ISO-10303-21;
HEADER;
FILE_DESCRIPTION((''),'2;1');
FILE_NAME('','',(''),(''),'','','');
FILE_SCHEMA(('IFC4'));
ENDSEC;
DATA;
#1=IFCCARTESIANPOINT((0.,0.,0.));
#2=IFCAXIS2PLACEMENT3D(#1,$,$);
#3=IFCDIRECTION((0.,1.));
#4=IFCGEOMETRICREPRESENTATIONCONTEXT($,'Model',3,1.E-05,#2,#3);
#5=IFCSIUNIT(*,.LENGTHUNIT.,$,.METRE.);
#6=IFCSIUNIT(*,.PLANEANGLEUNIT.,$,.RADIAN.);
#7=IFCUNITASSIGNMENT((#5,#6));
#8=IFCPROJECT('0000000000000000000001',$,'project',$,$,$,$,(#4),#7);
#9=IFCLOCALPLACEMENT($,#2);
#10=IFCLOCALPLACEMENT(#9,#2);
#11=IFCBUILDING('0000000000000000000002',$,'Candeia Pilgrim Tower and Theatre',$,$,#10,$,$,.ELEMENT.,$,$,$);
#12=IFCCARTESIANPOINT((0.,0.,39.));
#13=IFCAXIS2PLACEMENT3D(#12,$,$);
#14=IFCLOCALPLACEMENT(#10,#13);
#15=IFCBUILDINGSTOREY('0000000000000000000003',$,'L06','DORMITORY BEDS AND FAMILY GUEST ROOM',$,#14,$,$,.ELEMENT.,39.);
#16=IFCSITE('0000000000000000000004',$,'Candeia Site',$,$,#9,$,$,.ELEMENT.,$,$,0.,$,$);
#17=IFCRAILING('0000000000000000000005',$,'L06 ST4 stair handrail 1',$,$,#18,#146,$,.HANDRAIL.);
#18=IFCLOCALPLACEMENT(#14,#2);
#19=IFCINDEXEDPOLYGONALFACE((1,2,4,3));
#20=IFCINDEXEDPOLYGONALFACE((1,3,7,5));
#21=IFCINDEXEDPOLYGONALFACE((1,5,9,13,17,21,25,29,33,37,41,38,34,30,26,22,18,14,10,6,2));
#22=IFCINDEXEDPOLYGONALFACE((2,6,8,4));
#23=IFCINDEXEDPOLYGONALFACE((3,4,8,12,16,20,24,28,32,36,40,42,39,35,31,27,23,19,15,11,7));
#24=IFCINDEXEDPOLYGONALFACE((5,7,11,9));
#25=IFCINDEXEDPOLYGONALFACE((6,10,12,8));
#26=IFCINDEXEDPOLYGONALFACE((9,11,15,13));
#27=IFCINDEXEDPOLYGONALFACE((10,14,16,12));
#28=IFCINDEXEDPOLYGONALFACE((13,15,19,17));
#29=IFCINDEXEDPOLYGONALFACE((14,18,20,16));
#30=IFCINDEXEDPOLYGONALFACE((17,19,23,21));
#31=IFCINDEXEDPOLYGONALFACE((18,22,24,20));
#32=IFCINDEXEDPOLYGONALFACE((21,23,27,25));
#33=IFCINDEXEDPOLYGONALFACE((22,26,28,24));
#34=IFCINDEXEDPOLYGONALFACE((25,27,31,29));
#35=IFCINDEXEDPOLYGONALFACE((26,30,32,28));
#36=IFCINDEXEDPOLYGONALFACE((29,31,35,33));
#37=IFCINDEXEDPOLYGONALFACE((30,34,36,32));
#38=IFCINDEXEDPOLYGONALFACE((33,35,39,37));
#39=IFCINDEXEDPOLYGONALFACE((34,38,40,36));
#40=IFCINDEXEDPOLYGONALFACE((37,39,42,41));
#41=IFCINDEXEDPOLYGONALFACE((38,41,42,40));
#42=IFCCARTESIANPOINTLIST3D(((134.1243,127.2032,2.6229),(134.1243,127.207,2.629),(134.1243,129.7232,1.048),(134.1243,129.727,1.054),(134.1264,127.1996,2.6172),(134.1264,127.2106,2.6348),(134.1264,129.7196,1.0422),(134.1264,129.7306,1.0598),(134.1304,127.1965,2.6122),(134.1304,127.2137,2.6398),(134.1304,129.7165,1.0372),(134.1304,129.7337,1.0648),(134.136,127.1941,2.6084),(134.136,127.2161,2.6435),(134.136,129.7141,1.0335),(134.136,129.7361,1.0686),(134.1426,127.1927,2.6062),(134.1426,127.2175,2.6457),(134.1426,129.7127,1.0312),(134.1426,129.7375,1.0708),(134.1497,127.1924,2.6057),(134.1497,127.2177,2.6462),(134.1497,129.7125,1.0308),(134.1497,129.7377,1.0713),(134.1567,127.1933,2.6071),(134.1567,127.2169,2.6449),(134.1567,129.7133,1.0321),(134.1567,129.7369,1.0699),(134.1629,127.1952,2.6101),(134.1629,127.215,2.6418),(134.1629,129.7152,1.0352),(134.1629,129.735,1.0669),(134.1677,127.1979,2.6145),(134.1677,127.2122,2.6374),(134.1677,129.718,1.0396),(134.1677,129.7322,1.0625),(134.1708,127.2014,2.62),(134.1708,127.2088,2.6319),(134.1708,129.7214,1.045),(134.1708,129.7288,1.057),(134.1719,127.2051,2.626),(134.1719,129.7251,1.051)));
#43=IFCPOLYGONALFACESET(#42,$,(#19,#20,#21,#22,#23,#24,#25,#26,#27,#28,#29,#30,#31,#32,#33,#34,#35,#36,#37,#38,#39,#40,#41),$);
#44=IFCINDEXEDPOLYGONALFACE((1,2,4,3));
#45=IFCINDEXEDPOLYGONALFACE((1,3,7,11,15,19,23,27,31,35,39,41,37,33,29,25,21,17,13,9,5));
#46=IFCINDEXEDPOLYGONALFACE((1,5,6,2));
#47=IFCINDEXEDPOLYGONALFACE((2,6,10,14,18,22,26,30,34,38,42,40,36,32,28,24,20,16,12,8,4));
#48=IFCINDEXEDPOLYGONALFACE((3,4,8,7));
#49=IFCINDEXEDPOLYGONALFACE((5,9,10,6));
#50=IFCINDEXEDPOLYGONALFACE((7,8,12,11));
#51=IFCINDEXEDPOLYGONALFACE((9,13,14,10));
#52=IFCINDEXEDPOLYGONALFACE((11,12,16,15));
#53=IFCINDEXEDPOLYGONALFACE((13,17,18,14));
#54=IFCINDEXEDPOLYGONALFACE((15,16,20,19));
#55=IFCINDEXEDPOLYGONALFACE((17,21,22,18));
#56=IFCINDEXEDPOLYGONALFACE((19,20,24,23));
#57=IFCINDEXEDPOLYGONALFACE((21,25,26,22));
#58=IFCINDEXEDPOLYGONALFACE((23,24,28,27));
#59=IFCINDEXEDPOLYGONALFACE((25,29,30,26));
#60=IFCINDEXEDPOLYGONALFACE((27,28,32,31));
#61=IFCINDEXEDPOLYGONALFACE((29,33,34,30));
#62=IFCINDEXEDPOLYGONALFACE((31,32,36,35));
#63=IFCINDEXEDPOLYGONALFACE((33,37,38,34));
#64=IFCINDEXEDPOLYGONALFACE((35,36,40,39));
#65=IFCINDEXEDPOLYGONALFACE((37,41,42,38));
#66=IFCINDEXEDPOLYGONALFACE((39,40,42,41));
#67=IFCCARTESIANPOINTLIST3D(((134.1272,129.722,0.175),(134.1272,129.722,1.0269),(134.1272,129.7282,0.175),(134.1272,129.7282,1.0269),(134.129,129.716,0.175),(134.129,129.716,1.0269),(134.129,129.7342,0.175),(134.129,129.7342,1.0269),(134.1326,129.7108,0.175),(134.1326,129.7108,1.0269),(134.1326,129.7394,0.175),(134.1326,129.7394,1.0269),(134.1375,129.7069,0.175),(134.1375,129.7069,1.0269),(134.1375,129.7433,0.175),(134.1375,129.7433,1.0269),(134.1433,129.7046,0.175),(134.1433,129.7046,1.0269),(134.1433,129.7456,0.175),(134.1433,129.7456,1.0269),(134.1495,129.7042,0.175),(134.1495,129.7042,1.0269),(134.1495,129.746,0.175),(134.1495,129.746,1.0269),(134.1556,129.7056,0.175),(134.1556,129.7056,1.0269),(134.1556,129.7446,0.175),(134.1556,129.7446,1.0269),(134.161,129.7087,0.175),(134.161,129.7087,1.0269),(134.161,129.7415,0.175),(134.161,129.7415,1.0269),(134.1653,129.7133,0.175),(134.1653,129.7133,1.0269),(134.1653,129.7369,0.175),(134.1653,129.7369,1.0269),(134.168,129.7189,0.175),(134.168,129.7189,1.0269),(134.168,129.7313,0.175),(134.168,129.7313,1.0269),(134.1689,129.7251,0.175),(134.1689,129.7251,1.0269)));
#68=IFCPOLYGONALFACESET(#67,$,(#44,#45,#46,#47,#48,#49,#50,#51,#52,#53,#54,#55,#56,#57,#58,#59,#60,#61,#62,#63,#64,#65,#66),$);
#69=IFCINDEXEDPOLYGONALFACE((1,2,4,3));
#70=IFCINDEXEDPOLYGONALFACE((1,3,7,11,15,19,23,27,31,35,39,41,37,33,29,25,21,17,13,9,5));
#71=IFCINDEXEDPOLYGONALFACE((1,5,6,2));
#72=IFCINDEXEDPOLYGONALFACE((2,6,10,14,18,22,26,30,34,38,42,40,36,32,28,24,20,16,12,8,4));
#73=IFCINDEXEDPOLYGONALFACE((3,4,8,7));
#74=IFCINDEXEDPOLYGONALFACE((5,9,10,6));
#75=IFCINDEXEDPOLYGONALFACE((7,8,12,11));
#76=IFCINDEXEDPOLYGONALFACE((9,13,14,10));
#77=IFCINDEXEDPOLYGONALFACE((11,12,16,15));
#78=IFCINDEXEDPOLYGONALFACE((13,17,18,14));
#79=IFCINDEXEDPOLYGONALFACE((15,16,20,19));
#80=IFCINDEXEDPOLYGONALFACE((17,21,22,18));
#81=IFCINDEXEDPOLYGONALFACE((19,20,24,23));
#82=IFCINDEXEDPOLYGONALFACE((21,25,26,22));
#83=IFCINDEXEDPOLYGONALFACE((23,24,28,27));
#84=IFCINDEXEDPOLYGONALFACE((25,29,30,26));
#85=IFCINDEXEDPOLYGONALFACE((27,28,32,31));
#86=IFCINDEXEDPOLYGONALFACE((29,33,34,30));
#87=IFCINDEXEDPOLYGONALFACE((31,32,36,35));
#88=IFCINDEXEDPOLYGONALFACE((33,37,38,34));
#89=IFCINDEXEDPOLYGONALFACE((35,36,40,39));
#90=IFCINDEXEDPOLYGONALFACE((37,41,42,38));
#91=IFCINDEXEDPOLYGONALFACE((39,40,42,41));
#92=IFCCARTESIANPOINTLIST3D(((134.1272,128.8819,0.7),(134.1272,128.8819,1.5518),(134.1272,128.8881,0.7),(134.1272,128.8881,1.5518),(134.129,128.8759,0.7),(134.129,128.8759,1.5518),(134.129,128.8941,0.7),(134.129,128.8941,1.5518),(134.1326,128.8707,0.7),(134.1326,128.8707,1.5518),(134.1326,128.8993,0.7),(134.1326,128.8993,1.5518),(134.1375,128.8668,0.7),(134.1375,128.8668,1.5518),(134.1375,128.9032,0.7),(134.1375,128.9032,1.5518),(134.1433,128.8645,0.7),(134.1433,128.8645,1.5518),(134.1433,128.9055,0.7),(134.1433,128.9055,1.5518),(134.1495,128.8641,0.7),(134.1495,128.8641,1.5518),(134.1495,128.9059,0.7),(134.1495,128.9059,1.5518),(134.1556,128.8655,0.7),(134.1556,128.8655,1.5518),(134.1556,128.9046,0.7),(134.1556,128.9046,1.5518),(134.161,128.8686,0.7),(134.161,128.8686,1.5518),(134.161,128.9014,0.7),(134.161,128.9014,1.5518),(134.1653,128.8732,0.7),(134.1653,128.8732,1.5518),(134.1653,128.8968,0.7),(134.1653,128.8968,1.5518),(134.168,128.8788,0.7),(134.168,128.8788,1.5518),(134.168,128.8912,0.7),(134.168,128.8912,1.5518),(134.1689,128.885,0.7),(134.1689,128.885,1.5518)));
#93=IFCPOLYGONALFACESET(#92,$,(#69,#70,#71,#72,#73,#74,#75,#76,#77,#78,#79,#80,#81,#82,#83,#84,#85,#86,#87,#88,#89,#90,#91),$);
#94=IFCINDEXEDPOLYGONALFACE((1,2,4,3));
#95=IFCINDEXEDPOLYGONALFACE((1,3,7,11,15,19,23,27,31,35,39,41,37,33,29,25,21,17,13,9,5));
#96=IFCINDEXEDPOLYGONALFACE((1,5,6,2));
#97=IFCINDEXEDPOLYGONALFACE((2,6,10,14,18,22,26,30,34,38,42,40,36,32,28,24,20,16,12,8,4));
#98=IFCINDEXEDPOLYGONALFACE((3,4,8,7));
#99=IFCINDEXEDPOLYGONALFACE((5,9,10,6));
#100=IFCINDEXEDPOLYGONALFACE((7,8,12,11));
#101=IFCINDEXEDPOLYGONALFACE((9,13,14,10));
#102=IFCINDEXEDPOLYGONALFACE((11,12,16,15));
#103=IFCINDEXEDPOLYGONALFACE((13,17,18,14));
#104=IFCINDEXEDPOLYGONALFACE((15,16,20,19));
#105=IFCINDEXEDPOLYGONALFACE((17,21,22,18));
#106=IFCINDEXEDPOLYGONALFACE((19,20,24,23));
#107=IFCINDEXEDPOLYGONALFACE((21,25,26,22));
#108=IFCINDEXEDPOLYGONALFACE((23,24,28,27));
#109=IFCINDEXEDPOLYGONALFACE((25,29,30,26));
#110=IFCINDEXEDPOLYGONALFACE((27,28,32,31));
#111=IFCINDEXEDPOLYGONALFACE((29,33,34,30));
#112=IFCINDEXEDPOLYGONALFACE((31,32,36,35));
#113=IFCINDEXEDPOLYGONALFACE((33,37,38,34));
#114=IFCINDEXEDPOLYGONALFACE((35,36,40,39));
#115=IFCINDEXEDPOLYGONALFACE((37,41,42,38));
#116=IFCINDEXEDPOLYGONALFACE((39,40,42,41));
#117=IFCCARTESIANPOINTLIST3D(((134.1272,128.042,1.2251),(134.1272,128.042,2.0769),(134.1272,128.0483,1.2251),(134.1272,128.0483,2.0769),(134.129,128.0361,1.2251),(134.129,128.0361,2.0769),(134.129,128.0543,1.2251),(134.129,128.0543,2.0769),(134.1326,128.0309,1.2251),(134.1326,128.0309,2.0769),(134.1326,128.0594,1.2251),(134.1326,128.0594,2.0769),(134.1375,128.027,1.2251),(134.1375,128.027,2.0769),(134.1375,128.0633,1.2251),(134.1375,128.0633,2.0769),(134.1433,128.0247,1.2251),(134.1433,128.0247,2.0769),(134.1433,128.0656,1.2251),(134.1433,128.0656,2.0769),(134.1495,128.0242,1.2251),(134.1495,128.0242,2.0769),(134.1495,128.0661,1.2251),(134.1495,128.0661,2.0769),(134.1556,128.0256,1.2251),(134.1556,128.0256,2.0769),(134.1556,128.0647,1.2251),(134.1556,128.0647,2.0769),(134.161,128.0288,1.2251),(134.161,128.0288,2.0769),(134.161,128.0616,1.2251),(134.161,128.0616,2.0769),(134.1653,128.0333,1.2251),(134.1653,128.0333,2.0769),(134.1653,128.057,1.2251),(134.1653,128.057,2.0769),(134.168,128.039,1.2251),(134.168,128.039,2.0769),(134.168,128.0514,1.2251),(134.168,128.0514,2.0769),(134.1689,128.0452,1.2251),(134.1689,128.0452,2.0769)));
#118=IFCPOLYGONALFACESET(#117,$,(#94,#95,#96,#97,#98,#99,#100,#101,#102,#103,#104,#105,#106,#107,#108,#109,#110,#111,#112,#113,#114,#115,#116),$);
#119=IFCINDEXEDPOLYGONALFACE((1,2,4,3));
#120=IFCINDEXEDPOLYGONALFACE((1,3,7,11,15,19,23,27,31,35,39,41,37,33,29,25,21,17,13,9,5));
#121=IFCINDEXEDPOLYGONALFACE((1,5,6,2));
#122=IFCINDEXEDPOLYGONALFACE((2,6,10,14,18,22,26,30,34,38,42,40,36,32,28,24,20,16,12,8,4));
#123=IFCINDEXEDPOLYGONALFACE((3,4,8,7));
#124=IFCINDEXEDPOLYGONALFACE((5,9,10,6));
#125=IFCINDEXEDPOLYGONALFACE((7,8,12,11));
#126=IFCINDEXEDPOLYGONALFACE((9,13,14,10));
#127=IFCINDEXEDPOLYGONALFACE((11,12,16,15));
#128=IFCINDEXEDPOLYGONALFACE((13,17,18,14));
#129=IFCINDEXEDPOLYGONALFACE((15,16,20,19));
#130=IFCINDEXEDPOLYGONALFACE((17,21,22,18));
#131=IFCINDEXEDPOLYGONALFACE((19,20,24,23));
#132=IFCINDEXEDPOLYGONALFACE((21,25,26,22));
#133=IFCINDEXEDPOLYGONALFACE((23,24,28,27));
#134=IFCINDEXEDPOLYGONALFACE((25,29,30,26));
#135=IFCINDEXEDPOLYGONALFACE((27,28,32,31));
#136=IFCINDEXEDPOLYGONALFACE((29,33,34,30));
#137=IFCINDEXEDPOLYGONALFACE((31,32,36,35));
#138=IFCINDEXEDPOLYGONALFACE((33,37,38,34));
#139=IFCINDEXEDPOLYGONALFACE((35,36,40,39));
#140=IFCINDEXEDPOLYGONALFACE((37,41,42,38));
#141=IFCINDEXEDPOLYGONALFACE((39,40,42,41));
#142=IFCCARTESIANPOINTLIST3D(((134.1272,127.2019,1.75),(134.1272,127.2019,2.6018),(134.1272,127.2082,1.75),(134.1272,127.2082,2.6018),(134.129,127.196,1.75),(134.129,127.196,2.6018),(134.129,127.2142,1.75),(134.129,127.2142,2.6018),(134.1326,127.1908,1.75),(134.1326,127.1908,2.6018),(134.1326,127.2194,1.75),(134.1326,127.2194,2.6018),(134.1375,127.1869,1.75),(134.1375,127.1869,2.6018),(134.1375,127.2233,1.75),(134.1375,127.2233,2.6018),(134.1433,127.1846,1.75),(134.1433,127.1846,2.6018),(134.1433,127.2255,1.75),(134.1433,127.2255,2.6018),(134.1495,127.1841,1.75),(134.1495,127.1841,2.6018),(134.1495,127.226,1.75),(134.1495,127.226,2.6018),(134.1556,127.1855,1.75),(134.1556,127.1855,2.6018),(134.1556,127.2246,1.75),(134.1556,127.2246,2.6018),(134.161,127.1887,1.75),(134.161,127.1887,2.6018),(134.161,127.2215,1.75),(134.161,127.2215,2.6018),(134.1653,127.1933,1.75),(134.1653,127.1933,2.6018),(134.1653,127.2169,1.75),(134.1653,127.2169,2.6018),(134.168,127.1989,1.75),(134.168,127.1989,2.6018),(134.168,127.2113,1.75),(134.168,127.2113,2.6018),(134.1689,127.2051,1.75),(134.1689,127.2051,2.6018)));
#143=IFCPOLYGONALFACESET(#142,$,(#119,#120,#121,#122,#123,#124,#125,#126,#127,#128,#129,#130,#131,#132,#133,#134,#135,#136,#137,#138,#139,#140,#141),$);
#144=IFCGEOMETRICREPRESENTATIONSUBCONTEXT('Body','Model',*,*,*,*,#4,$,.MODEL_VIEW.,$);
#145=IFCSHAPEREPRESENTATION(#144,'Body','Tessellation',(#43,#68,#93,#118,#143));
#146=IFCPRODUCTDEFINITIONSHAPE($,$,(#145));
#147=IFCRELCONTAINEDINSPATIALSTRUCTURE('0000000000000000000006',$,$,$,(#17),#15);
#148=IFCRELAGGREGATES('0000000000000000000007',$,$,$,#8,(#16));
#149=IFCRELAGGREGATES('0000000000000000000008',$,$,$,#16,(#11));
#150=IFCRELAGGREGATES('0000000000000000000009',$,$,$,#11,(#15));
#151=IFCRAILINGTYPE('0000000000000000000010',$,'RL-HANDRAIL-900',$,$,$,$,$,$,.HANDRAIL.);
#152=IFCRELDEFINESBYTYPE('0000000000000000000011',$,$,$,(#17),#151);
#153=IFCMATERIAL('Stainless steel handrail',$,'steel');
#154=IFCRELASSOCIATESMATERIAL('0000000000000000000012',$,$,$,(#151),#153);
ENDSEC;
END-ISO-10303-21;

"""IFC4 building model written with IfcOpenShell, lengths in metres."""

from ifc_helpers import new_model, si_unit, direction, frame, origin, origin_2d, place, context, subcontext, project, spatial, circle, extrude, material, type_object, element, save


model = new_model("IFC4")

# Units and contexts
model_context = context("Model", 3, precision=1e-05, world=origin(), true_north=direction((0.0, 1.0)))
body_context = subcontext(model_context, "Body", "Model", "MODEL_VIEW")
ifc_project = project(units=[si_unit("LENGTHUNIT", "METRE"), si_unit("PLANEANGLEUNIT", "RADIAN")], contexts=[model_context])

# Site, building, storey
site_placement = place(None, origin())
site = spatial("IfcSite", under=ifc_project, at=site_placement, Name="Candeia Site", CompositionType="ELEMENT", RefElevation=0.0)
building_placement = place(site_placement, origin())
building = spatial("IfcBuilding", under=site, at=building_placement, Name="Candeia Pilgrim Tower and Theatre", CompositionType="ELEMENT")
storey_placement = place(building_placement, frame((0.0, 0.0, 39.0)))
storey = spatial("IfcBuildingStorey", under=building, at=storey_placement, Name="L06", Description="DORMITORY BEDS AND FAMILY GUEST ROOM", CompositionType="ELEMENT", Elevation=39.0)

# Railing
ifc_material_1 = material(Name="Stainless steel handrail", Category="steel")
railing_type_1 = type_object("IfcRailingType", Name="RL-HANDRAIL-900", PredefinedType="HANDRAIL", material=ifc_material_1)
railing_1_placement = place(storey_placement, frame((134.1479, 129.7251, 0.175)))
element("IfcRailing", 1, at=railing_1_placement, inside=storey, type_object=railing_type_1, Name="L06 ST4 stair handrail 1", PredefinedType="HANDRAIL", context=body_context, shape_type="SweptSolid", body=[
    extrude(circle(Radius=0.0239, at=origin_2d()), frame((0.0, 0.0, 0.876), z_axis=(0.0, -0.848008, 0.529984), x_axis=(1.0, 0.0, 0.0)), (0.0, 0.0, 1.0), 2.9717),
    extrude(circle(Radius=0.021, at=origin_2d()), origin(), (0.0, 0.0, 1.0), 0.8518),
    extrude(circle(Radius=0.021, at=origin_2d()), frame((0.0, -0.8401, 0.5249)), (0.0, 0.0, 1.0), 0.8518),
    extrude(circle(Radius=0.021, at=origin_2d()), frame((0.0, -1.6799, 1.05)), (0.0, 0.0, 1.0), 0.8518),
    extrude(circle(Radius=0.021, at=origin_2d()), frame((0.0, -2.52, 1.575)), (0.0, 0.0, 1.0), 0.8518),
])

save(model, "model.ifc")
